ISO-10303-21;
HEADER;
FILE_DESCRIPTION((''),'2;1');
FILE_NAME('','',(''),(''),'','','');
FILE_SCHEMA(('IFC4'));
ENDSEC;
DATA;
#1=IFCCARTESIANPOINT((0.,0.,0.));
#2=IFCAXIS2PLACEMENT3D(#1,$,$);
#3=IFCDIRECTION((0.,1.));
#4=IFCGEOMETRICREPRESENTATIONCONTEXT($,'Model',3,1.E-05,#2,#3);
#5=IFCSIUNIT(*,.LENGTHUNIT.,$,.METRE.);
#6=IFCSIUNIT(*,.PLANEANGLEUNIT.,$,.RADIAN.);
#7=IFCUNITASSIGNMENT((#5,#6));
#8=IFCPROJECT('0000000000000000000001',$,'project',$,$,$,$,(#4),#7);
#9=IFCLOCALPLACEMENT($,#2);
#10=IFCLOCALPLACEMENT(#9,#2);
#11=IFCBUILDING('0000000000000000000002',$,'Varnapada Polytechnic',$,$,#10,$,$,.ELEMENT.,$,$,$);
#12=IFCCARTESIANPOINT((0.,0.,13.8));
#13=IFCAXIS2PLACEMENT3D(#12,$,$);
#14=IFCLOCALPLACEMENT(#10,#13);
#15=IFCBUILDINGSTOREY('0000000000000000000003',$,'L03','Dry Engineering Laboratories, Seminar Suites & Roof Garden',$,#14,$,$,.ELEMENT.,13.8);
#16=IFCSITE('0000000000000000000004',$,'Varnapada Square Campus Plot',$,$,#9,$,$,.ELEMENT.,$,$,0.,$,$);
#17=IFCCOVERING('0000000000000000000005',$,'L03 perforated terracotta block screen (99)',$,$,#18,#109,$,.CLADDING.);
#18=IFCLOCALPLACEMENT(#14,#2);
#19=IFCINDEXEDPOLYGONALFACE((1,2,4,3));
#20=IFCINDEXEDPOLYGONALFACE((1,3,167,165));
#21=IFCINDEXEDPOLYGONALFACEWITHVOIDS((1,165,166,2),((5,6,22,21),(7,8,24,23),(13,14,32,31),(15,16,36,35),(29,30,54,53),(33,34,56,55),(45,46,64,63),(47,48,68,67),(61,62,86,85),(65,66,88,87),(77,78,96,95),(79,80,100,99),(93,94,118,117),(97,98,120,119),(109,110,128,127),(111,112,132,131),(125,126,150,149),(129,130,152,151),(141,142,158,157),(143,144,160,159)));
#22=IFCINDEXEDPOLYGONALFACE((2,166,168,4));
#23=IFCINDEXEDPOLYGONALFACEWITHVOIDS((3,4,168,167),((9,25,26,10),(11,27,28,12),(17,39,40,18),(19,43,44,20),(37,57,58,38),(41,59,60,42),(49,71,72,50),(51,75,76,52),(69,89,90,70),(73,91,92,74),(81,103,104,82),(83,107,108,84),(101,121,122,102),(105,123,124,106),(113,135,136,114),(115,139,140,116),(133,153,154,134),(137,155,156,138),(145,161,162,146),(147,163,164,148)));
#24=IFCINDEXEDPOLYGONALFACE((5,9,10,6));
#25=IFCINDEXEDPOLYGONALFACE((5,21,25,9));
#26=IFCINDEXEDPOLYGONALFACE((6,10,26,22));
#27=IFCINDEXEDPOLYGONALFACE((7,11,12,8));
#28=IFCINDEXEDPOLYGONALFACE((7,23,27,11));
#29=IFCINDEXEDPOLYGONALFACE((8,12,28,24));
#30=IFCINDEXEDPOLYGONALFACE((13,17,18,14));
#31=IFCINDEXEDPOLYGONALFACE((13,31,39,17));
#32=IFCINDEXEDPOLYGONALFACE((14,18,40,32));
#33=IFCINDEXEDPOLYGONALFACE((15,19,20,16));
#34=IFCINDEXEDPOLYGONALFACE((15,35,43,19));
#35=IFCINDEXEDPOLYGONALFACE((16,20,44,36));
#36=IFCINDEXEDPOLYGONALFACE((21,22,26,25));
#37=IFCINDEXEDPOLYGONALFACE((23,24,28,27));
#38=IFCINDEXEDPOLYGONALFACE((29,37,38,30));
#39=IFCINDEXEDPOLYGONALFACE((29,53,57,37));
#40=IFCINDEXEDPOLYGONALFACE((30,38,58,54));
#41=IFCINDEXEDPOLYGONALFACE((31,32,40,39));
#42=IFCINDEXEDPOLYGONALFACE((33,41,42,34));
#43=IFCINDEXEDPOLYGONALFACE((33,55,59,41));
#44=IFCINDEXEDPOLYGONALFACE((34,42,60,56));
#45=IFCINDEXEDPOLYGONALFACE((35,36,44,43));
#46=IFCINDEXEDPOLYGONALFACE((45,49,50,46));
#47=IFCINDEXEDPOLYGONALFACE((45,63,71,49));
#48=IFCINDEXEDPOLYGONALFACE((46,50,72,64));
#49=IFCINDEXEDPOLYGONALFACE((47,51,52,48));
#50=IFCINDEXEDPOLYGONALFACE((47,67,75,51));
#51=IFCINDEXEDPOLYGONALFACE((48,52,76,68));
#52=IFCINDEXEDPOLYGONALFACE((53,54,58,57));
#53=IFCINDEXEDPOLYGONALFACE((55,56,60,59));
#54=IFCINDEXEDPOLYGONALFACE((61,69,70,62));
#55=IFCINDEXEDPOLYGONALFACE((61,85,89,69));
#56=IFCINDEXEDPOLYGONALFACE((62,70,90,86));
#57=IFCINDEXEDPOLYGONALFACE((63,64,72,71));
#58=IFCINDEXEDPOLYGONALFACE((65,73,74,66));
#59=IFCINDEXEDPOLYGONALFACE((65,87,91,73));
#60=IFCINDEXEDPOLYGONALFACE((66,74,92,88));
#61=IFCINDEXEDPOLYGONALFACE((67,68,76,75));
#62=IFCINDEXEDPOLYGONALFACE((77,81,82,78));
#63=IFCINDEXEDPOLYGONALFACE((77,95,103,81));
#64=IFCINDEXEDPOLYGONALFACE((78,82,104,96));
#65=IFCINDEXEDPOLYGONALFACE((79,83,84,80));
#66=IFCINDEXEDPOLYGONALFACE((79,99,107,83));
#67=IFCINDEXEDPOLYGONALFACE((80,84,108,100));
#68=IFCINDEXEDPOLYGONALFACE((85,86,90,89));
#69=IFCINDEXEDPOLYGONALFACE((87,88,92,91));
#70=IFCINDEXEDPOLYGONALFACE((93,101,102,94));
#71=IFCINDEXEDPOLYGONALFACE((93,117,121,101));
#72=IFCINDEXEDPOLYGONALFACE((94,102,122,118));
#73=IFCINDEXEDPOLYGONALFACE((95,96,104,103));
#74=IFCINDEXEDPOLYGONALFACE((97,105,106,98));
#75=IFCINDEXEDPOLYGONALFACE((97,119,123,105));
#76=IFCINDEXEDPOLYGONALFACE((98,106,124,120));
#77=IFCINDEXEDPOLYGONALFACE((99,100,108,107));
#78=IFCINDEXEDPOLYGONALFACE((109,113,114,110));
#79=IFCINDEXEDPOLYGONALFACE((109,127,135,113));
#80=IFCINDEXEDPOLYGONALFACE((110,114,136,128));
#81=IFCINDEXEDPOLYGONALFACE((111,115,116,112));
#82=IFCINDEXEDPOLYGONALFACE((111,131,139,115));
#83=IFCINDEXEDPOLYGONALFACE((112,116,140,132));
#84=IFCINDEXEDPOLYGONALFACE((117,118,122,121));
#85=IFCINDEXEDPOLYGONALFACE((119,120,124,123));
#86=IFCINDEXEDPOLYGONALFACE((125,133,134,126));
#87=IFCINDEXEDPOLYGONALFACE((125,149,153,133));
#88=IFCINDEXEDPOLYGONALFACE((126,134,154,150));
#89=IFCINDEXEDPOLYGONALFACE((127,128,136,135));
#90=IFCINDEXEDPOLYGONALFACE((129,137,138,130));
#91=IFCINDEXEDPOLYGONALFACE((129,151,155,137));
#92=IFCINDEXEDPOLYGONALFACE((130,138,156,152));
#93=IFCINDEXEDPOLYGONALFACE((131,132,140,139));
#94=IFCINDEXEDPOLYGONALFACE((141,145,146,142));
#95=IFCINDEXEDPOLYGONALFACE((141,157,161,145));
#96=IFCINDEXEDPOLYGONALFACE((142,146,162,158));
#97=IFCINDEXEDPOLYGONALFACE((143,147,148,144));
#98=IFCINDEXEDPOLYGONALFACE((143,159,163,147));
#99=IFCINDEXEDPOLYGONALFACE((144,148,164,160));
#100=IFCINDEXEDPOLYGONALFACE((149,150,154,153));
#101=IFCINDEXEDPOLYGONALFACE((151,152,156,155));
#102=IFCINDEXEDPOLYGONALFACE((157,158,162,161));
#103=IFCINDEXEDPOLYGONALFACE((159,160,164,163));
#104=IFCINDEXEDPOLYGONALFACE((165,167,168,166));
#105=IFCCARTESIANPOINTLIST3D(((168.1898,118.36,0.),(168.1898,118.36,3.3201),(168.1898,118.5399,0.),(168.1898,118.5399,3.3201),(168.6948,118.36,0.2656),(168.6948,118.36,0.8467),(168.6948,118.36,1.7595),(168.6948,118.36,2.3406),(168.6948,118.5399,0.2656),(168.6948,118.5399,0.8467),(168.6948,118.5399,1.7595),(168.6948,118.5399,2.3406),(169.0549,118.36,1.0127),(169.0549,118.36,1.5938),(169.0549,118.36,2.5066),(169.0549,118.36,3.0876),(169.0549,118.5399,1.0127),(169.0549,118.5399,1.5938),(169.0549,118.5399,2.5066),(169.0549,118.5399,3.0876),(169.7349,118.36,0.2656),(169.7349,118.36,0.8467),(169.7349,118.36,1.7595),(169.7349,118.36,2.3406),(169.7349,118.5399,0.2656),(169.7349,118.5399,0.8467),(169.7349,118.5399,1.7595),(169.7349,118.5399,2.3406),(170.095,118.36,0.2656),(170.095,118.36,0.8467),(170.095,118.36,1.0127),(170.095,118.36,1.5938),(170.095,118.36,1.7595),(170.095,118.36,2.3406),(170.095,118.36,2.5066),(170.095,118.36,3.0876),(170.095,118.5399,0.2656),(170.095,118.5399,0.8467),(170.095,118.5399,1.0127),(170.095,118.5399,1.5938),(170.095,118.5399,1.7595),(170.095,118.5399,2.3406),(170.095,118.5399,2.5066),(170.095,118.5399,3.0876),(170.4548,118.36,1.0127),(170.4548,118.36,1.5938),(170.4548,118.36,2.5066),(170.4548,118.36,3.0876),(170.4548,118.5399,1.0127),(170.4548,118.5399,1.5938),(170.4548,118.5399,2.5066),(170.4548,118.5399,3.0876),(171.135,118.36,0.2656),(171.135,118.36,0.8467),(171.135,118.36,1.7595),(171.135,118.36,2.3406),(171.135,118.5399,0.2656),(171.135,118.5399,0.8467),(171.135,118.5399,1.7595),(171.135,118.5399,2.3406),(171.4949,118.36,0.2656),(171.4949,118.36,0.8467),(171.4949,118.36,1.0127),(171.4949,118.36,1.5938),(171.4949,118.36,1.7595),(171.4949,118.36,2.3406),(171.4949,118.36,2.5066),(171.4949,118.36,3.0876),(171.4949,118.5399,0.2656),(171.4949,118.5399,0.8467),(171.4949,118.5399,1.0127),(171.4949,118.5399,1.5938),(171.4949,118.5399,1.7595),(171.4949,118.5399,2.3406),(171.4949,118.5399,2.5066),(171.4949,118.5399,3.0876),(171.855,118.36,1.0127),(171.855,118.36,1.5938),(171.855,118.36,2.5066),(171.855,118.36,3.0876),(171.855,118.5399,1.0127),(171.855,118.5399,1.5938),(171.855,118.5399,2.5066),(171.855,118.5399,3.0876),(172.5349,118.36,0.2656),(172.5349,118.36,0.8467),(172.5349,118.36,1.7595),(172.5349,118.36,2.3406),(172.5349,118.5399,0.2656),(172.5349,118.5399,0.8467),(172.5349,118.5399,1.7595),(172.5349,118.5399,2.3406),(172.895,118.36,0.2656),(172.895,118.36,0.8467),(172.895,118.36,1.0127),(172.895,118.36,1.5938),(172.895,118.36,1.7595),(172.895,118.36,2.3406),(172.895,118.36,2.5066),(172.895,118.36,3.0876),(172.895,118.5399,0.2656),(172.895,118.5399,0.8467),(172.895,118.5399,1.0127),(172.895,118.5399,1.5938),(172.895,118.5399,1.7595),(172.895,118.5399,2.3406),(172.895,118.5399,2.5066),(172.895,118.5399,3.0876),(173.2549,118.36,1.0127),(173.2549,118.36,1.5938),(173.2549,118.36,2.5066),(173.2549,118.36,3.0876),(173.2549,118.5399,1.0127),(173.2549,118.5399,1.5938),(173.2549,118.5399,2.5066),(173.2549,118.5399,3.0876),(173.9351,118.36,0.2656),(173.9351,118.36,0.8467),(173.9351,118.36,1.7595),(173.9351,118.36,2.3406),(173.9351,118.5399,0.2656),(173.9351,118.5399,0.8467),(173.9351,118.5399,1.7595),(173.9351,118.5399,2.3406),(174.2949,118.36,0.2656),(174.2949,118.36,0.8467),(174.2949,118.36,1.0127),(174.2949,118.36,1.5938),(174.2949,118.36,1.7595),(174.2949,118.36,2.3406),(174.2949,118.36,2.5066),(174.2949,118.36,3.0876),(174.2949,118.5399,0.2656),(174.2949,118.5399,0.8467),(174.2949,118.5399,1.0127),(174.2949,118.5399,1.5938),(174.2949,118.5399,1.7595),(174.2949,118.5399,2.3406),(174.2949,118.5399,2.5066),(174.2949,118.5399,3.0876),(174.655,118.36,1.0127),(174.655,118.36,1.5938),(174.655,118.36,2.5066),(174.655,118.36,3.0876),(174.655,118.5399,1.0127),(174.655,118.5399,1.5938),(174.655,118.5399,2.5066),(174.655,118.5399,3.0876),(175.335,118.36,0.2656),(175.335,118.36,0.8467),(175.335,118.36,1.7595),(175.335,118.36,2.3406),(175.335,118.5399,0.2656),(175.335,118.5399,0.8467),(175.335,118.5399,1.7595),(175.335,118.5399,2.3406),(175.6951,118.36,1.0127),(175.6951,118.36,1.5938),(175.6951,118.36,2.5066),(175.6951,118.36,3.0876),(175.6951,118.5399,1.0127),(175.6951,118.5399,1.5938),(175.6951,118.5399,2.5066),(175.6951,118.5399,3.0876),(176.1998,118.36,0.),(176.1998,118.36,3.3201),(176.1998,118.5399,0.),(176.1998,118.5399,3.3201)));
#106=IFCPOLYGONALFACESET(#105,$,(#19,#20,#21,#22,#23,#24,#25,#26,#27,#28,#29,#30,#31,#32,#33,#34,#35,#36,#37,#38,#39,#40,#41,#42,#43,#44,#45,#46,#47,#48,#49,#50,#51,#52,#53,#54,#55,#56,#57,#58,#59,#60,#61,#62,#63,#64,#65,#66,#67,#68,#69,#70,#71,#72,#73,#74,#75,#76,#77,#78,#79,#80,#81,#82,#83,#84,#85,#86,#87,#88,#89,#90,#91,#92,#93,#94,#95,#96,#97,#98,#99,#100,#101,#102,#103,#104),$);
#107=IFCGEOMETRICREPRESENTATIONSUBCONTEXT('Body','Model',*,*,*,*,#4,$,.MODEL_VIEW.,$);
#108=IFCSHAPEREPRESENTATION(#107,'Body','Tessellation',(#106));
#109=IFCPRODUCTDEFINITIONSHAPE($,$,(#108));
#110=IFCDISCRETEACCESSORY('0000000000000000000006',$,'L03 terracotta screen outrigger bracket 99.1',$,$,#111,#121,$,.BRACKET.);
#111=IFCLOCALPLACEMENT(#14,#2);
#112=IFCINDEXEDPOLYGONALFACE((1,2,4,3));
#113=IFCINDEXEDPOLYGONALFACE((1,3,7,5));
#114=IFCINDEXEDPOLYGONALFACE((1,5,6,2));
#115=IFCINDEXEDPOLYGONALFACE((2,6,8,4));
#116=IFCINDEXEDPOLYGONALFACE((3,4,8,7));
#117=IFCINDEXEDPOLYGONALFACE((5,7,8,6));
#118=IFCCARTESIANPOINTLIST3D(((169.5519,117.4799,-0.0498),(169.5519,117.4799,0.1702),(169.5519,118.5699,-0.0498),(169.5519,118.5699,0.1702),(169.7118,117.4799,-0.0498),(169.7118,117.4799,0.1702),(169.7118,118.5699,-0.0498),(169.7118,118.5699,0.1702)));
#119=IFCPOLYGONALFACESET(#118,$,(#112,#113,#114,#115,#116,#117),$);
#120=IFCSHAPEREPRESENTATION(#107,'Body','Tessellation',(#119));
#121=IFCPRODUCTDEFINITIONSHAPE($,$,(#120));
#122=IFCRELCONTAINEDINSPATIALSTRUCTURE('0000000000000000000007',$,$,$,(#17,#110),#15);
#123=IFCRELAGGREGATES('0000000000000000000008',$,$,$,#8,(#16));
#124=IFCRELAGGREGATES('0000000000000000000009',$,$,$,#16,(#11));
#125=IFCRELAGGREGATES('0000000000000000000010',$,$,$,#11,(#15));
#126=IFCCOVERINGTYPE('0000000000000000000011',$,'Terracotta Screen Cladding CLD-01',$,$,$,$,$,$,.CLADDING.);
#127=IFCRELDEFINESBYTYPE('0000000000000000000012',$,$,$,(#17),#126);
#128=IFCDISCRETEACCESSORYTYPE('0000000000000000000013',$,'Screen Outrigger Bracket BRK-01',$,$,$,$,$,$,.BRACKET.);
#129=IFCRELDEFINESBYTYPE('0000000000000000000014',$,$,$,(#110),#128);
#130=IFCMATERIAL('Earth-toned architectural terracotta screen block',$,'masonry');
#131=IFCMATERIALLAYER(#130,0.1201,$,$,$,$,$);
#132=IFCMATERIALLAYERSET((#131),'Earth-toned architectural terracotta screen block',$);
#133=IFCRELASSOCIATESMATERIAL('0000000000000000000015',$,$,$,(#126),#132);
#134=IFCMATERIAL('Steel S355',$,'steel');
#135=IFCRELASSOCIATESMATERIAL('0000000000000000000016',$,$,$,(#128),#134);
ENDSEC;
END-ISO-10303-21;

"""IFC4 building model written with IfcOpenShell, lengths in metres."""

from ifc_helpers import new_model, si_unit, direction, frame, frame_2d, origin, origin_2d, place, context, subcontext, project, spatial, rectangle, extrude, material, layer, layer_set, type_object, element, save


model = new_model("IFC4")

# Units and contexts
model_context = context("Model", 3, precision=1e-05, world=origin(), true_north=direction((0.0, 1.0)))
body_context = subcontext(model_context, "Body", "Model", "MODEL_VIEW")
ifc_project = project(units=[si_unit("LENGTHUNIT", "METRE"), si_unit("PLANEANGLEUNIT", "RADIAN")], contexts=[model_context])

# Site, building, storey
site_placement = place(None, origin())
site = spatial("IfcSite", under=ifc_project, at=site_placement, Name="Varnapada Square Campus Plot", CompositionType="ELEMENT", RefElevation=0.0)
building_placement = place(site_placement, origin())
building = spatial("IfcBuilding", under=site, at=building_placement, Name="Varnapada Polytechnic", CompositionType="ELEMENT")
storey_placement = place(building_placement, frame((0.0, 0.0, 13.8)))
storey = spatial("IfcBuildingStorey", under=building, at=storey_placement, Name="L03", Description="Dry Engineering Laboratories, Seminar Suites & Roof Garden", CompositionType="ELEMENT", Elevation=13.8)

# Covering, openings
ifc_material_1 = material(Name="Earth-toned architectural terracotta screen block", Category="masonry")
ifc_layer_1 = layer(ifc_material_1, 0.1201)
ifc_layer_set_1 = layer_set([ifc_layer_1], Name="Earth-toned architectural terracotta screen block")
covering_type = type_object("IfcCoveringType", Name="Terracotta Screen Cladding CLD-01", PredefinedType="CLADDING", material=ifc_layer_set_1)
covering_placement = place(storey_placement, frame((168.1899, 118.45, 0.0), z_axis=(0.0, 0.0, 1.0), x_axis=(1.0, 0.0, 0.0)))
covering = element("IfcCovering", 1, at=covering_placement, inside=storey, type_object=covering_type, Name="L03 perforated terracotta block screen (99)", PredefinedType="CLADDING", context=body_context, shape_type="SweptSolid", body=[
    extrude(rectangle(XDim=8.01, YDim=0.1799, at=frame_2d((4.0049, 0.0))), origin(), (0.0, 0.0, 1.0), 3.3201),
])
opening_1_placement = place(covering_placement, frame((0.5049, 0.0, 0.2656)))
element("IfcOpeningElement", 2, at=opening_1_placement, cuts=covering, PredefinedType="OPENING", context=body_context, shape_type="SweptSolid", body=[
    extrude(rectangle(XDim=1.04, YDim=0.5811, at=frame_2d((0.52, 0.2905))), frame((0.0, 0.0999, 0.0), z_axis=(0.0, -1.0, 0.0), x_axis=(1.0, 0.0, 0.0)), (0.0, 0.0, 1.0), 0.2),
])
opening_2_placement = place(covering_placement, frame((1.905, 0.0, 0.2656)))
element("IfcOpeningElement", 3, at=opening_2_placement, cuts=covering, PredefinedType="OPENING", context=body_context, shape_type="SweptSolid", body=[
    extrude(rectangle(XDim=1.04, YDim=0.5811, at=frame_2d((0.52, 0.2905))), frame((0.0, 0.0999, 0.0), z_axis=(0.0, -1.0, 0.0), x_axis=(1.0, 0.0, 0.0)), (0.0, 0.0, 1.0), 0.2),
])
opening_3_placement = place(covering_placement, frame((3.3049, 0.0, 0.2656)))
element("IfcOpeningElement", 4, at=opening_3_placement, cuts=covering, PredefinedType="OPENING", context=body_context, shape_type="SweptSolid", body=[
    extrude(rectangle(XDim=1.04, YDim=0.5811, at=frame_2d((0.52, 0.2905))), frame((0.0, 0.0999, 0.0), z_axis=(0.0, -1.0, 0.0), x_axis=(1.0, 0.0, 0.0)), (0.0, 0.0, 1.0), 0.2),
])
opening_4_placement = place(covering_placement, frame((4.7051, 0.0, 0.2656)))
element("IfcOpeningElement", 5, at=opening_4_placement, cuts=covering, PredefinedType="OPENING", context=body_context, shape_type="SweptSolid", body=[
    extrude(rectangle(XDim=1.04, YDim=0.5811, at=frame_2d((0.52, 0.2905))), frame((0.0, 0.0999, 0.0), z_axis=(0.0, -1.0, 0.0), x_axis=(1.0, 0.0, 0.0)), (0.0, 0.0, 1.0), 0.2),
])
opening_5_placement = place(covering_placement, frame((6.105, 0.0, 0.2656)))
element("IfcOpeningElement", 6, at=opening_5_placement, cuts=covering, PredefinedType="OPENING", context=body_context, shape_type="SweptSolid", body=[
    extrude(rectangle(XDim=1.04, YDim=0.5811, at=frame_2d((0.52, 0.2905))), frame((0.0, 0.0999, 0.0), z_axis=(0.0, -1.0, 0.0), x_axis=(1.0, 0.0, 0.0)), (0.0, 0.0, 1.0), 0.2),
])
opening_6_placement = place(covering_placement, frame((0.865, 0.0, 1.0127)))
element("IfcOpeningElement", 7, at=opening_6_placement, cuts=covering, PredefinedType="OPENING", context=body_context, shape_type="SweptSolid", body=[
    extrude(rectangle(XDim=1.04, YDim=0.5811, at=frame_2d((0.52, 0.2905))), frame((0.0, 0.0999, 0.0), z_axis=(0.0, -1.0, 0.0), x_axis=(1.0, 0.0, 0.0)), (0.0, 0.0, 1.0), 0.2),
])
opening_7_placement = place(covering_placement, frame((2.2649, 0.0, 1.0127)))
element("IfcOpeningElement", 8, at=opening_7_placement, cuts=covering, PredefinedType="OPENING", context=body_context, shape_type="SweptSolid", body=[
    extrude(rectangle(XDim=1.04, YDim=0.5811, at=frame_2d((0.52, 0.2905))), frame((0.0, 0.0999, 0.0), z_axis=(0.0, -1.0, 0.0), x_axis=(1.0, 0.0, 0.0)), (0.0, 0.0, 1.0), 0.2),
])
opening_8_placement = place(covering_placement, frame((3.665, 0.0, 1.0127)))
element("IfcOpeningElement", 9, at=opening_8_placement, cuts=covering, PredefinedType="OPENING", context=body_context, shape_type="SweptSolid", body=[
    extrude(rectangle(XDim=1.04, YDim=0.5811, at=frame_2d((0.52, 0.2905))), frame((0.0, 0.0999, 0.0), z_axis=(0.0, -1.0, 0.0), x_axis=(1.0, 0.0, 0.0)), (0.0, 0.0, 1.0), 0.2),
])
opening_9_placement = place(covering_placement, frame((5.0649, 0.0, 1.0127)))
element("IfcOpeningElement", 10, at=opening_9_placement, cuts=covering, PredefinedType="OPENING", context=body_context, shape_type="SweptSolid", body=[
    extrude(rectangle(XDim=1.04, YDim=0.5811, at=frame_2d((0.52, 0.2905))), frame((0.0, 0.0999, 0.0), z_axis=(0.0, -1.0, 0.0), x_axis=(1.0, 0.0, 0.0)), (0.0, 0.0, 1.0), 0.2),
])
opening_10_placement = place(covering_placement, frame((6.4651, 0.0, 1.0127)))
element("IfcOpeningElement", 11, at=opening_10_placement, cuts=covering, PredefinedType="OPENING", context=body_context, shape_type="SweptSolid", body=[
    extrude(rectangle(XDim=1.04, YDim=0.5811, at=frame_2d((0.52, 0.2905))), frame((0.0, 0.0999, 0.0), z_axis=(0.0, -1.0, 0.0), x_axis=(1.0, 0.0, 0.0)), (0.0, 0.0, 1.0), 0.2),
])
opening_11_placement = place(covering_placement, frame((0.5049, 0.0, 1.7595)))
element("IfcOpeningElement", 12, at=opening_11_placement, cuts=covering, PredefinedType="OPENING", context=body_context, shape_type="SweptSolid", body=[
    extrude(rectangle(XDim=1.04, YDim=0.5811, at=frame_2d((0.52, 0.2905))), frame((0.0, 0.0999, 0.0), z_axis=(0.0, -1.0, 0.0), x_axis=(1.0, 0.0, 0.0)), (0.0, 0.0, 1.0), 0.2),
])
opening_12_placement = place(covering_placement, frame((1.905, 0.0, 1.7595)))
element("IfcOpeningElement", 13, at=opening_12_placement, cuts=covering, PredefinedType="OPENING", context=body_context, shape_type="SweptSolid", body=[
    extrude(rectangle(XDim=1.04, YDim=0.5811, at=frame_2d((0.52, 0.2905))), frame((0.0, 0.0999, 0.0), z_axis=(0.0, -1.0, 0.0), x_axis=(1.0, 0.0, 0.0)), (0.0, 0.0, 1.0), 0.2),
])
opening_13_placement = place(covering_placement, frame((3.3049, 0.0, 1.7595)))
element("IfcOpeningElement", 14, at=opening_13_placement, cuts=covering, PredefinedType="OPENING", context=body_context, shape_type="SweptSolid", body=[
    extrude(rectangle(XDim=1.04, YDim=0.5811, at=frame_2d((0.52, 0.2905))), frame((0.0, 0.0999, 0.0), z_axis=(0.0, -1.0, 0.0), x_axis=(1.0, 0.0, 0.0)), (0.0, 0.0, 1.0), 0.2),
])
opening_14_placement = place(covering_placement, frame((4.7051, 0.0, 1.7595)))
element("IfcOpeningElement", 15, at=opening_14_placement, cuts=covering, PredefinedType="OPENING", context=body_context, shape_type="SweptSolid", body=[
    extrude(rectangle(XDim=1.04, YDim=0.5811, at=frame_2d((0.52, 0.2905))), frame((0.0, 0.0999, 0.0), z_axis=(0.0, -1.0, 0.0), x_axis=(1.0, 0.0, 0.0)), (0.0, 0.0, 1.0), 0.2),
])
opening_15_placement = place(covering_placement, frame((6.105, 0.0, 1.7595)))
element("IfcOpeningElement", 16, at=opening_15_placement, cuts=covering, PredefinedType="OPENING", context=body_context, shape_type="SweptSolid", body=[
    extrude(rectangle(XDim=1.04, YDim=0.5811, at=frame_2d((0.52, 0.2905))), frame((0.0, 0.0999, 0.0), z_axis=(0.0, -1.0, 0.0), x_axis=(1.0, 0.0, 0.0)), (0.0, 0.0, 1.0), 0.2),
])
opening_16_placement = place(covering_placement, frame((0.865, 0.0, 2.5066)))
element("IfcOpeningElement", 17, at=opening_16_placement, cuts=covering, PredefinedType="OPENING", context=body_context, shape_type="SweptSolid", body=[
    extrude(rectangle(XDim=1.04, YDim=0.5811, at=frame_2d((0.52, 0.2905))), frame((0.0, 0.0999, 0.0), z_axis=(0.0, -1.0, 0.0), x_axis=(1.0, 0.0, 0.0)), (0.0, 0.0, 1.0), 0.2),
])
opening_17_placement = place(covering_placement, frame((2.2649, 0.0, 2.5066)))
element("IfcOpeningElement", 18, at=opening_17_placement, cuts=covering, PredefinedType="OPENING", context=body_context, shape_type="SweptSolid", body=[
    extrude(rectangle(XDim=1.04, YDim=0.5811, at=frame_2d((0.52, 0.2905))), frame((0.0, 0.0999, 0.0), z_axis=(0.0, -1.0, 0.0), x_axis=(1.0, 0.0, 0.0)), (0.0, 0.0, 1.0), 0.2),
])
opening_18_placement = place(covering_placement, frame((3.665, 0.0, 2.5066)))
element("IfcOpeningElement", 19, at=opening_18_placement, cuts=covering, PredefinedType="OPENING", context=body_context, shape_type="SweptSolid", body=[
    extrude(rectangle(XDim=1.04, YDim=0.5811, at=frame_2d((0.52, 0.2905))), frame((0.0, 0.0999, 0.0), z_axis=(0.0, -1.0, 0.0), x_axis=(1.0, 0.0, 0.0)), (0.0, 0.0, 1.0), 0.2),
])
opening_19_placement = place(covering_placement, frame((5.0649, 0.0, 2.5066)))
element("IfcOpeningElement", 20, at=opening_19_placement, cuts=covering, PredefinedType="OPENING", context=body_context, shape_type="SweptSolid", body=[
    extrude(rectangle(XDim=1.04, YDim=0.5811, at=frame_2d((0.52, 0.2905))), frame((0.0, 0.0999, 0.0), z_axis=(0.0, -1.0, 0.0), x_axis=(1.0, 0.0, 0.0)), (0.0, 0.0, 1.0), 0.2),
])
opening_20_placement = place(covering_placement, frame((6.4651, 0.0, 2.5066)))
element("IfcOpeningElement", 21, at=opening_20_placement, cuts=covering, PredefinedType="OPENING", context=body_context, shape_type="SweptSolid", body=[
    extrude(rectangle(XDim=1.04, YDim=0.5811, at=frame_2d((0.52, 0.2905))), frame((0.0, 0.0999, 0.0), z_axis=(0.0, -1.0, 0.0), x_axis=(1.0, 0.0, 0.0)), (0.0, 0.0, 1.0), 0.2),
])

# Discrete accessory
ifc_material_2 = material(Name="Steel S355", Category="steel")
discrete_accessory_type = type_object("IfcDiscreteAccessoryType", Name="Screen Outrigger Bracket BRK-01", PredefinedType="BRACKET", material=ifc_material_2)
for number, where, z_axis, x_axis, name in (
    (22, (169.6318, 118.0249, -0.0498), (0.0, 0.0, 1.0), (1.0, 0.0, 0.0), "L03 terracotta screen outrigger bracket 99.1"),
):
    element("IfcDiscreteAccessory", number, at=place(storey_placement, frame(where, z_axis=z_axis, x_axis=x_axis)), inside=storey, type_object=discrete_accessory_type, Name=name, PredefinedType="BRACKET", context=body_context, shape_type="SweptSolid", body=[
        extrude(rectangle(XDim=0.1599, YDim=1.0901, at=origin_2d()), origin(), (0.0, 0.0, 1.0), 0.22),
    ])

save(model, "model.ifc")
